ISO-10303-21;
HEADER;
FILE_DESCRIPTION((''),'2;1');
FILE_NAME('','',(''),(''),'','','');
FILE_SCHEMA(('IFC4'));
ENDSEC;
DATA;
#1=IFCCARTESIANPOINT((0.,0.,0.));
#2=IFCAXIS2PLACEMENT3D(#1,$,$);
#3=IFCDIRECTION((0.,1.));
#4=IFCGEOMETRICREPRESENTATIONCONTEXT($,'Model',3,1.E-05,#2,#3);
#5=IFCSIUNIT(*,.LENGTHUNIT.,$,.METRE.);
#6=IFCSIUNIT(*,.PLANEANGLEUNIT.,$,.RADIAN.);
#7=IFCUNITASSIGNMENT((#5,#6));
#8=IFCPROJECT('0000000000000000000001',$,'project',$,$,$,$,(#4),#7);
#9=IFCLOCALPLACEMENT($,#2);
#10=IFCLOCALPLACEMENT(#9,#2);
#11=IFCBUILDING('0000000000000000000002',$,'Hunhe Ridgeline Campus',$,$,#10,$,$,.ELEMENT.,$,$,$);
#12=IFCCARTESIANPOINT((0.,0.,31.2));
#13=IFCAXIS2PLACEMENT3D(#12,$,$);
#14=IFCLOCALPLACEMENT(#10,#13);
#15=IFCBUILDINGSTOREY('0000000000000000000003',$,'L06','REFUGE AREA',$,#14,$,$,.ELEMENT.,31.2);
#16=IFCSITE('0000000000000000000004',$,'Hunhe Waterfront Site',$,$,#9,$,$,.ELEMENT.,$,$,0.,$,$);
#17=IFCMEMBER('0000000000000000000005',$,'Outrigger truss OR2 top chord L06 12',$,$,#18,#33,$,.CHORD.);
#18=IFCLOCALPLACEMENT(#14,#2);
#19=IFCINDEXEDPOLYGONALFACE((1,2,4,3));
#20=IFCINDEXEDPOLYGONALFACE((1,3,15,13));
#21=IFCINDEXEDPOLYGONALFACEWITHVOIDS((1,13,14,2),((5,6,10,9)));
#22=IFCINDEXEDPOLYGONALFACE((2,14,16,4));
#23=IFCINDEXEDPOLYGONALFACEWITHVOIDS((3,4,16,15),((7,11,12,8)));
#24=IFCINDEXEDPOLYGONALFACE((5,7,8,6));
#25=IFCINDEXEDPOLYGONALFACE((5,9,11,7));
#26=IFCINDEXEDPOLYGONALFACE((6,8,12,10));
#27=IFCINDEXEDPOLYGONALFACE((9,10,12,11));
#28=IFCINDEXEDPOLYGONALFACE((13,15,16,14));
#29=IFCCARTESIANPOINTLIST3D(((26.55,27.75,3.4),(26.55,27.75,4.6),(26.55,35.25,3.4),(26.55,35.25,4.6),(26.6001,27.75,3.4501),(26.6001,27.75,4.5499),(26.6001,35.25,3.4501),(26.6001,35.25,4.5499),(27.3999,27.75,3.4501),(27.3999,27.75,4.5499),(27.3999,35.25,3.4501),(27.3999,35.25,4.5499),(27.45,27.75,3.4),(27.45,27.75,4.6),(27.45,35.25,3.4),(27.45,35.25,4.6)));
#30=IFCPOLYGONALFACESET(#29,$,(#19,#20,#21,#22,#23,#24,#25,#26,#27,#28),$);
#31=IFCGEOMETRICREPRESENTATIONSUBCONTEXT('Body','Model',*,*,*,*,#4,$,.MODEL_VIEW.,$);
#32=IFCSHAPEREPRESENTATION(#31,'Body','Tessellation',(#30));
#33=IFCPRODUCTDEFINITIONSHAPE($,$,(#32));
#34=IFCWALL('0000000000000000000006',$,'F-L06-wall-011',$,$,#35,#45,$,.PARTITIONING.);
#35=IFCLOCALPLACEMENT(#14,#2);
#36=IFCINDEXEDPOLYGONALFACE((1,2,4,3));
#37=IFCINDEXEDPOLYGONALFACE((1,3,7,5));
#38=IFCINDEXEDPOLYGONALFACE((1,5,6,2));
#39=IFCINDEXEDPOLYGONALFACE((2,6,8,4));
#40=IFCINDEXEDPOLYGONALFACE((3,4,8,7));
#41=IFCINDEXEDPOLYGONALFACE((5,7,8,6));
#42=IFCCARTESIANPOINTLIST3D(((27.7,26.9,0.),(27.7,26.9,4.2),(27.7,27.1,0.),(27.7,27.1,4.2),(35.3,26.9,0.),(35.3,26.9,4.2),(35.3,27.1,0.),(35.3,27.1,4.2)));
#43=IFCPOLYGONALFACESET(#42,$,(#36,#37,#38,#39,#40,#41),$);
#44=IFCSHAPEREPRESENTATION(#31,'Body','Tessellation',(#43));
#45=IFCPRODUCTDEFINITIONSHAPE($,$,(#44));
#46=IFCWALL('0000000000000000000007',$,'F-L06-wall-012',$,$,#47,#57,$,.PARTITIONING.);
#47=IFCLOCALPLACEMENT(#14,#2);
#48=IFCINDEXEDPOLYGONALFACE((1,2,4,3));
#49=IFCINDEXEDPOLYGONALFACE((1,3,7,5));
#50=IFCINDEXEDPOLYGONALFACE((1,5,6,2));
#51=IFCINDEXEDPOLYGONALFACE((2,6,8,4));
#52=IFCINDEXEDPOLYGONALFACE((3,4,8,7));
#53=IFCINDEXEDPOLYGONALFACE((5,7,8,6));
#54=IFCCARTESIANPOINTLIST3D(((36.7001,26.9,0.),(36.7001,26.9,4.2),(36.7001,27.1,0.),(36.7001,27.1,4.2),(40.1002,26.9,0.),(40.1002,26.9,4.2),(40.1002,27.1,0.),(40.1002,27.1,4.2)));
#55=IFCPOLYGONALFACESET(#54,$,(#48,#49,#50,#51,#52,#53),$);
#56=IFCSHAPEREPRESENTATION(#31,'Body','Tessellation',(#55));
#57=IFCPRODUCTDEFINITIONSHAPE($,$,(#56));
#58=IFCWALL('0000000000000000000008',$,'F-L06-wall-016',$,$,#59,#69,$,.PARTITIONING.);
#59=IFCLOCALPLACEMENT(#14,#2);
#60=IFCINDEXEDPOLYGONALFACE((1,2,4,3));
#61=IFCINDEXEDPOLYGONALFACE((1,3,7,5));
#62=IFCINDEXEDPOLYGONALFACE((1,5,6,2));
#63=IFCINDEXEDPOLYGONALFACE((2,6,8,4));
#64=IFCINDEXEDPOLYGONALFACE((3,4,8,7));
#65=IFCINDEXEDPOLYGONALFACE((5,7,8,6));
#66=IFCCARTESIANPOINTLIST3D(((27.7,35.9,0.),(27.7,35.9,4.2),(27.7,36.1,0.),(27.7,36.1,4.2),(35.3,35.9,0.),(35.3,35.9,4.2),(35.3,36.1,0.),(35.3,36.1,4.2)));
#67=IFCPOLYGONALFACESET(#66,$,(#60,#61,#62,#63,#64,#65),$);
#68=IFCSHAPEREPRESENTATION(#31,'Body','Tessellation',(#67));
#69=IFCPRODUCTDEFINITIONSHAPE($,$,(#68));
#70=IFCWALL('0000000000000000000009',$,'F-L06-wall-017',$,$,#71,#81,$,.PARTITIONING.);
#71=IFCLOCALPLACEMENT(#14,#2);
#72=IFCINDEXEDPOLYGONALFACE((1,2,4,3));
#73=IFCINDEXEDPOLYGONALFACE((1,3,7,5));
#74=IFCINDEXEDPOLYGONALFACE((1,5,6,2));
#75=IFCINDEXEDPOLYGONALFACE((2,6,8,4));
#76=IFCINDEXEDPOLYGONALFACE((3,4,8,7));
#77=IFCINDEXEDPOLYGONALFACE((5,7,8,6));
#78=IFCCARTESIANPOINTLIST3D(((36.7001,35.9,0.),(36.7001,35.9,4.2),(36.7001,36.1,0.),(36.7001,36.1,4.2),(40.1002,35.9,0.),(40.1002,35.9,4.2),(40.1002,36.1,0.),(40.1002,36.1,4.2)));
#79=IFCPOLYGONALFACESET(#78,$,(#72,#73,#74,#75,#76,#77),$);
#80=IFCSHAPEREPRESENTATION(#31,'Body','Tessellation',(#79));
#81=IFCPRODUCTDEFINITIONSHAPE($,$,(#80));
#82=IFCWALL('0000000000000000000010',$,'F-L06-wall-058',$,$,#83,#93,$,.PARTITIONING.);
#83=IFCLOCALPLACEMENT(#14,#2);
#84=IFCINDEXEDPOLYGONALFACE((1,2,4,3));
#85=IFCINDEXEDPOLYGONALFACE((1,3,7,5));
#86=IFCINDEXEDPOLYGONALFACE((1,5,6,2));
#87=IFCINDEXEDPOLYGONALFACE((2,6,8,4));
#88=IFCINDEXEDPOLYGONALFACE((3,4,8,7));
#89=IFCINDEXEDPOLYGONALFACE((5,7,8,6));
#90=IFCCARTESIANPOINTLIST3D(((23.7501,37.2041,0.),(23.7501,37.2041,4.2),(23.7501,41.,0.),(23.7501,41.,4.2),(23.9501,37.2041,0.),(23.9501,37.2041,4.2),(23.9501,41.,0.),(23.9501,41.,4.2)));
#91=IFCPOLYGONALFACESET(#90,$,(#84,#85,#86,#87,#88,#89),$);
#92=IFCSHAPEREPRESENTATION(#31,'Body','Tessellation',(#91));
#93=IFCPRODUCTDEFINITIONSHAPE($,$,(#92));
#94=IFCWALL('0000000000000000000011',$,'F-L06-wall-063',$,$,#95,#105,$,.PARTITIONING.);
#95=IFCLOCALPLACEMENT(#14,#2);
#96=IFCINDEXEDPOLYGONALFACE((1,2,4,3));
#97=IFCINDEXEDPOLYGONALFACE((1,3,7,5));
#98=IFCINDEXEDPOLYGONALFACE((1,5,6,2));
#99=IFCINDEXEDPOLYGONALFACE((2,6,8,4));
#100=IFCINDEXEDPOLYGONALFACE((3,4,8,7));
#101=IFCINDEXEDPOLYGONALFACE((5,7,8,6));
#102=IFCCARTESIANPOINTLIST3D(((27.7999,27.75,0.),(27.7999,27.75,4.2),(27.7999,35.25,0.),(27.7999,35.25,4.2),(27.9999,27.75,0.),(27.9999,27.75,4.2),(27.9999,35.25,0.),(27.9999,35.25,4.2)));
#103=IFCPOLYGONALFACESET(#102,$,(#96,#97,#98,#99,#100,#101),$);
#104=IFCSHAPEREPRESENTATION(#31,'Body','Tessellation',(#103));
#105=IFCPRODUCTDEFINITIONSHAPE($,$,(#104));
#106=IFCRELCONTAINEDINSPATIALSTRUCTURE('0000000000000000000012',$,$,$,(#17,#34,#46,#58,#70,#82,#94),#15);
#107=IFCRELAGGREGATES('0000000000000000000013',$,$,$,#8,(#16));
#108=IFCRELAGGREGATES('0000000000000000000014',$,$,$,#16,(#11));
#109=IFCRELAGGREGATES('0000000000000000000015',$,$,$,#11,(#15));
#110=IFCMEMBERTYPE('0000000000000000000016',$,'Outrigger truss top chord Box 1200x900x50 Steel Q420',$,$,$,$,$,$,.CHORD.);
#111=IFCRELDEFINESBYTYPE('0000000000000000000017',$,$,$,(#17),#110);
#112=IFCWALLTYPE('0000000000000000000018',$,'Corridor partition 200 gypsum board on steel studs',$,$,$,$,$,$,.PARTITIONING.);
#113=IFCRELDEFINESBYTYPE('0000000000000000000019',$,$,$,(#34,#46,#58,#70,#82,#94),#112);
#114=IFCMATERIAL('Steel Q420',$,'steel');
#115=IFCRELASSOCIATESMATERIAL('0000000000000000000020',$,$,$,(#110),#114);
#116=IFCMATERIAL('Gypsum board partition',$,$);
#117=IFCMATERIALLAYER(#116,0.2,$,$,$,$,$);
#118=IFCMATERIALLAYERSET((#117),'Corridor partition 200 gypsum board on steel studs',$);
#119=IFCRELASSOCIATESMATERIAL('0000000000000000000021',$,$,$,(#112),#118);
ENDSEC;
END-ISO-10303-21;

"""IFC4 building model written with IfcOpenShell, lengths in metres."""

from ifc_helpers import new_model, si_unit, direction, frame, frame_2d, origin, origin_2d, place, context, subcontext, project, spatial, rectangle, hollow_rectangle, extrude, material, layer, layer_set, material_profile, profile_set, type_object, element, save


model = new_model("IFC4")

# Units and contexts
model_context = context("Model", 3, precision=1e-05, world=origin(), true_north=direction((0.0, 1.0)))
body_context = subcontext(model_context, "Body", "Model", "MODEL_VIEW")
ifc_project = project(units=[si_unit("LENGTHUNIT", "METRE"), si_unit("PLANEANGLEUNIT", "RADIAN")], contexts=[model_context])

# Site, building, storey
site_placement = place(None, origin())
site = spatial("IfcSite", under=ifc_project, at=site_placement, Name="Hunhe Waterfront Site", CompositionType="ELEMENT", RefElevation=0.0)
building_placement = place(site_placement, origin())
building = spatial("IfcBuilding", under=site, at=building_placement, Name="Hunhe Ridgeline Campus", CompositionType="ELEMENT")
storey_placement = place(building_placement, frame((0.0, 0.0, 31.2)))
storey = spatial("IfcBuildingStorey", under=building, at=storey_placement, Name="L06", Description="REFUGE AREA", CompositionType="ELEMENT", Elevation=31.2)

# Member
ifc_material_1 = material(Name="Steel Q420", Category="steel")
ifc_material_profile_1 = material_profile(ifc_material_1, hollow_rectangle(XDim=0.8999, YDim=1.2, WallThickness=0.05, at=origin_2d()))
ifc_profile_set_1 = profile_set([ifc_material_profile_1], Name="Steel Q420")
member_type_1 = type_object("IfcMemberType", Name="Outrigger truss top chord Box 1200x900x50 Steel Q420", PredefinedType="CHORD", material=ifc_profile_set_1)
member_1_placement = place(storey_placement, frame((27.0, 35.25, 4.0), z_axis=(0.0, -1.0, 0.0), x_axis=(1.0, 0.0, 0.0)))
element("IfcMember", 1, at=member_1_placement, inside=storey, type_object=member_type_1, Name="Outrigger truss OR2 top chord L06 12", PredefinedType="CHORD", context=body_context, shape_type="SweptSolid", body=[
    extrude(hollow_rectangle(XDim=0.8999, YDim=1.2, WallThickness=0.05, at=origin_2d()), origin(), (0.0, 0.0, 1.0), 7.5),
])

# Walls
ifc_material_2 = material(Name="Gypsum board partition")
ifc_layer_1 = layer(ifc_material_2, 0.2)
ifc_layer_set_1 = layer_set([ifc_layer_1], Name="Corridor partition 200 gypsum board on steel studs")
wall_type_1 = type_object("IfcWallType", Name="Corridor partition 200 gypsum board on steel studs", PredefinedType="PARTITIONING", material=ifc_layer_set_1)
wall_1_placement = place(storey_placement, frame((27.7, 27.0, 0.0), z_axis=(0.0, 0.0, 1.0), x_axis=(1.0, 0.0, 0.0)))
element("IfcWall", 2, at=wall_1_placement, inside=storey, type_object=wall_type_1, Name="F-L06-wall-011", PredefinedType="PARTITIONING", context=body_context, shape_type="SweptSolid", body=[
    extrude(rectangle(XDim=7.6001, YDim=0.2, at=frame_2d((3.8, 0.0))), origin(), (0.0, 0.0, 1.0), 4.2),
])
wall_2_placement = place(storey_placement, frame((36.7, 27.0, 0.0), z_axis=(0.0, 0.0, 1.0), x_axis=(1.0, 0.0, 0.0)))
element("IfcWall", 3, at=wall_2_placement, inside=storey, type_object=wall_type_1, Name="F-L06-wall-012", PredefinedType="PARTITIONING", context=body_context, shape_type="SweptSolid", body=[
    extrude(rectangle(XDim=3.4001, YDim=0.2, at=frame_2d((1.7002, 0.0))), origin(), (0.0, 0.0, 1.0), 4.2),
])
wall_3_placement = place(storey_placement, frame((27.7, 36.0, 0.0), z_axis=(0.0, 0.0, 1.0), x_axis=(1.0, 0.0, 0.0)))
element("IfcWall", 4, at=wall_3_placement, inside=storey, type_object=wall_type_1, Name="F-L06-wall-016", PredefinedType="PARTITIONING", context=body_context, shape_type="SweptSolid", body=[
    extrude(rectangle(XDim=7.6001, YDim=0.2, at=frame_2d((3.8, 0.0))), origin(), (0.0, 0.0, 1.0), 4.2),
])
wall_4_placement = place(storey_placement, frame((36.7, 36.0, 0.0), z_axis=(0.0, 0.0, 1.0), x_axis=(1.0, 0.0, 0.0)))
element("IfcWall", 5, at=wall_4_placement, inside=storey, type_object=wall_type_1, Name="F-L06-wall-017", PredefinedType="PARTITIONING", context=body_context, shape_type="SweptSolid", body=[
    extrude(rectangle(XDim=3.4001, YDim=0.2, at=frame_2d((1.7002, 0.0))), origin(), (0.0, 0.0, 1.0), 4.2),
])
wall_5_placement = place(storey_placement, frame((23.8501, 37.2041, 0.0), z_axis=(0.0, 0.0, 1.0), x_axis=(0.0, 1.0, 0.0)))
element("IfcWall", 6, at=wall_5_placement, inside=storey, type_object=wall_type_1, Name="F-L06-wall-058", PredefinedType="PARTITIONING", context=body_context, shape_type="SweptSolid", body=[
    extrude(rectangle(XDim=3.7959, YDim=0.2, at=frame_2d((1.8979, 0.0))), origin(), (0.0, 0.0, 1.0), 4.2),
])
wall_6_placement = place(storey_placement, frame((27.8999, 35.25, 0.0), z_axis=(0.0, 0.0, 1.0), x_axis=(0.0, -1.0, 0.0)))
element("IfcWall", 7, at=wall_6_placement, inside=storey, type_object=wall_type_1, Name="F-L06-wall-063", PredefinedType="PARTITIONING", context=body_context, shape_type="SweptSolid", body=[
    extrude(rectangle(XDim=7.5, YDim=0.2, at=frame_2d((3.75, 0.0))), origin(), (0.0, 0.0, 1.0), 4.2),
])

save(model, "model.ifc")
